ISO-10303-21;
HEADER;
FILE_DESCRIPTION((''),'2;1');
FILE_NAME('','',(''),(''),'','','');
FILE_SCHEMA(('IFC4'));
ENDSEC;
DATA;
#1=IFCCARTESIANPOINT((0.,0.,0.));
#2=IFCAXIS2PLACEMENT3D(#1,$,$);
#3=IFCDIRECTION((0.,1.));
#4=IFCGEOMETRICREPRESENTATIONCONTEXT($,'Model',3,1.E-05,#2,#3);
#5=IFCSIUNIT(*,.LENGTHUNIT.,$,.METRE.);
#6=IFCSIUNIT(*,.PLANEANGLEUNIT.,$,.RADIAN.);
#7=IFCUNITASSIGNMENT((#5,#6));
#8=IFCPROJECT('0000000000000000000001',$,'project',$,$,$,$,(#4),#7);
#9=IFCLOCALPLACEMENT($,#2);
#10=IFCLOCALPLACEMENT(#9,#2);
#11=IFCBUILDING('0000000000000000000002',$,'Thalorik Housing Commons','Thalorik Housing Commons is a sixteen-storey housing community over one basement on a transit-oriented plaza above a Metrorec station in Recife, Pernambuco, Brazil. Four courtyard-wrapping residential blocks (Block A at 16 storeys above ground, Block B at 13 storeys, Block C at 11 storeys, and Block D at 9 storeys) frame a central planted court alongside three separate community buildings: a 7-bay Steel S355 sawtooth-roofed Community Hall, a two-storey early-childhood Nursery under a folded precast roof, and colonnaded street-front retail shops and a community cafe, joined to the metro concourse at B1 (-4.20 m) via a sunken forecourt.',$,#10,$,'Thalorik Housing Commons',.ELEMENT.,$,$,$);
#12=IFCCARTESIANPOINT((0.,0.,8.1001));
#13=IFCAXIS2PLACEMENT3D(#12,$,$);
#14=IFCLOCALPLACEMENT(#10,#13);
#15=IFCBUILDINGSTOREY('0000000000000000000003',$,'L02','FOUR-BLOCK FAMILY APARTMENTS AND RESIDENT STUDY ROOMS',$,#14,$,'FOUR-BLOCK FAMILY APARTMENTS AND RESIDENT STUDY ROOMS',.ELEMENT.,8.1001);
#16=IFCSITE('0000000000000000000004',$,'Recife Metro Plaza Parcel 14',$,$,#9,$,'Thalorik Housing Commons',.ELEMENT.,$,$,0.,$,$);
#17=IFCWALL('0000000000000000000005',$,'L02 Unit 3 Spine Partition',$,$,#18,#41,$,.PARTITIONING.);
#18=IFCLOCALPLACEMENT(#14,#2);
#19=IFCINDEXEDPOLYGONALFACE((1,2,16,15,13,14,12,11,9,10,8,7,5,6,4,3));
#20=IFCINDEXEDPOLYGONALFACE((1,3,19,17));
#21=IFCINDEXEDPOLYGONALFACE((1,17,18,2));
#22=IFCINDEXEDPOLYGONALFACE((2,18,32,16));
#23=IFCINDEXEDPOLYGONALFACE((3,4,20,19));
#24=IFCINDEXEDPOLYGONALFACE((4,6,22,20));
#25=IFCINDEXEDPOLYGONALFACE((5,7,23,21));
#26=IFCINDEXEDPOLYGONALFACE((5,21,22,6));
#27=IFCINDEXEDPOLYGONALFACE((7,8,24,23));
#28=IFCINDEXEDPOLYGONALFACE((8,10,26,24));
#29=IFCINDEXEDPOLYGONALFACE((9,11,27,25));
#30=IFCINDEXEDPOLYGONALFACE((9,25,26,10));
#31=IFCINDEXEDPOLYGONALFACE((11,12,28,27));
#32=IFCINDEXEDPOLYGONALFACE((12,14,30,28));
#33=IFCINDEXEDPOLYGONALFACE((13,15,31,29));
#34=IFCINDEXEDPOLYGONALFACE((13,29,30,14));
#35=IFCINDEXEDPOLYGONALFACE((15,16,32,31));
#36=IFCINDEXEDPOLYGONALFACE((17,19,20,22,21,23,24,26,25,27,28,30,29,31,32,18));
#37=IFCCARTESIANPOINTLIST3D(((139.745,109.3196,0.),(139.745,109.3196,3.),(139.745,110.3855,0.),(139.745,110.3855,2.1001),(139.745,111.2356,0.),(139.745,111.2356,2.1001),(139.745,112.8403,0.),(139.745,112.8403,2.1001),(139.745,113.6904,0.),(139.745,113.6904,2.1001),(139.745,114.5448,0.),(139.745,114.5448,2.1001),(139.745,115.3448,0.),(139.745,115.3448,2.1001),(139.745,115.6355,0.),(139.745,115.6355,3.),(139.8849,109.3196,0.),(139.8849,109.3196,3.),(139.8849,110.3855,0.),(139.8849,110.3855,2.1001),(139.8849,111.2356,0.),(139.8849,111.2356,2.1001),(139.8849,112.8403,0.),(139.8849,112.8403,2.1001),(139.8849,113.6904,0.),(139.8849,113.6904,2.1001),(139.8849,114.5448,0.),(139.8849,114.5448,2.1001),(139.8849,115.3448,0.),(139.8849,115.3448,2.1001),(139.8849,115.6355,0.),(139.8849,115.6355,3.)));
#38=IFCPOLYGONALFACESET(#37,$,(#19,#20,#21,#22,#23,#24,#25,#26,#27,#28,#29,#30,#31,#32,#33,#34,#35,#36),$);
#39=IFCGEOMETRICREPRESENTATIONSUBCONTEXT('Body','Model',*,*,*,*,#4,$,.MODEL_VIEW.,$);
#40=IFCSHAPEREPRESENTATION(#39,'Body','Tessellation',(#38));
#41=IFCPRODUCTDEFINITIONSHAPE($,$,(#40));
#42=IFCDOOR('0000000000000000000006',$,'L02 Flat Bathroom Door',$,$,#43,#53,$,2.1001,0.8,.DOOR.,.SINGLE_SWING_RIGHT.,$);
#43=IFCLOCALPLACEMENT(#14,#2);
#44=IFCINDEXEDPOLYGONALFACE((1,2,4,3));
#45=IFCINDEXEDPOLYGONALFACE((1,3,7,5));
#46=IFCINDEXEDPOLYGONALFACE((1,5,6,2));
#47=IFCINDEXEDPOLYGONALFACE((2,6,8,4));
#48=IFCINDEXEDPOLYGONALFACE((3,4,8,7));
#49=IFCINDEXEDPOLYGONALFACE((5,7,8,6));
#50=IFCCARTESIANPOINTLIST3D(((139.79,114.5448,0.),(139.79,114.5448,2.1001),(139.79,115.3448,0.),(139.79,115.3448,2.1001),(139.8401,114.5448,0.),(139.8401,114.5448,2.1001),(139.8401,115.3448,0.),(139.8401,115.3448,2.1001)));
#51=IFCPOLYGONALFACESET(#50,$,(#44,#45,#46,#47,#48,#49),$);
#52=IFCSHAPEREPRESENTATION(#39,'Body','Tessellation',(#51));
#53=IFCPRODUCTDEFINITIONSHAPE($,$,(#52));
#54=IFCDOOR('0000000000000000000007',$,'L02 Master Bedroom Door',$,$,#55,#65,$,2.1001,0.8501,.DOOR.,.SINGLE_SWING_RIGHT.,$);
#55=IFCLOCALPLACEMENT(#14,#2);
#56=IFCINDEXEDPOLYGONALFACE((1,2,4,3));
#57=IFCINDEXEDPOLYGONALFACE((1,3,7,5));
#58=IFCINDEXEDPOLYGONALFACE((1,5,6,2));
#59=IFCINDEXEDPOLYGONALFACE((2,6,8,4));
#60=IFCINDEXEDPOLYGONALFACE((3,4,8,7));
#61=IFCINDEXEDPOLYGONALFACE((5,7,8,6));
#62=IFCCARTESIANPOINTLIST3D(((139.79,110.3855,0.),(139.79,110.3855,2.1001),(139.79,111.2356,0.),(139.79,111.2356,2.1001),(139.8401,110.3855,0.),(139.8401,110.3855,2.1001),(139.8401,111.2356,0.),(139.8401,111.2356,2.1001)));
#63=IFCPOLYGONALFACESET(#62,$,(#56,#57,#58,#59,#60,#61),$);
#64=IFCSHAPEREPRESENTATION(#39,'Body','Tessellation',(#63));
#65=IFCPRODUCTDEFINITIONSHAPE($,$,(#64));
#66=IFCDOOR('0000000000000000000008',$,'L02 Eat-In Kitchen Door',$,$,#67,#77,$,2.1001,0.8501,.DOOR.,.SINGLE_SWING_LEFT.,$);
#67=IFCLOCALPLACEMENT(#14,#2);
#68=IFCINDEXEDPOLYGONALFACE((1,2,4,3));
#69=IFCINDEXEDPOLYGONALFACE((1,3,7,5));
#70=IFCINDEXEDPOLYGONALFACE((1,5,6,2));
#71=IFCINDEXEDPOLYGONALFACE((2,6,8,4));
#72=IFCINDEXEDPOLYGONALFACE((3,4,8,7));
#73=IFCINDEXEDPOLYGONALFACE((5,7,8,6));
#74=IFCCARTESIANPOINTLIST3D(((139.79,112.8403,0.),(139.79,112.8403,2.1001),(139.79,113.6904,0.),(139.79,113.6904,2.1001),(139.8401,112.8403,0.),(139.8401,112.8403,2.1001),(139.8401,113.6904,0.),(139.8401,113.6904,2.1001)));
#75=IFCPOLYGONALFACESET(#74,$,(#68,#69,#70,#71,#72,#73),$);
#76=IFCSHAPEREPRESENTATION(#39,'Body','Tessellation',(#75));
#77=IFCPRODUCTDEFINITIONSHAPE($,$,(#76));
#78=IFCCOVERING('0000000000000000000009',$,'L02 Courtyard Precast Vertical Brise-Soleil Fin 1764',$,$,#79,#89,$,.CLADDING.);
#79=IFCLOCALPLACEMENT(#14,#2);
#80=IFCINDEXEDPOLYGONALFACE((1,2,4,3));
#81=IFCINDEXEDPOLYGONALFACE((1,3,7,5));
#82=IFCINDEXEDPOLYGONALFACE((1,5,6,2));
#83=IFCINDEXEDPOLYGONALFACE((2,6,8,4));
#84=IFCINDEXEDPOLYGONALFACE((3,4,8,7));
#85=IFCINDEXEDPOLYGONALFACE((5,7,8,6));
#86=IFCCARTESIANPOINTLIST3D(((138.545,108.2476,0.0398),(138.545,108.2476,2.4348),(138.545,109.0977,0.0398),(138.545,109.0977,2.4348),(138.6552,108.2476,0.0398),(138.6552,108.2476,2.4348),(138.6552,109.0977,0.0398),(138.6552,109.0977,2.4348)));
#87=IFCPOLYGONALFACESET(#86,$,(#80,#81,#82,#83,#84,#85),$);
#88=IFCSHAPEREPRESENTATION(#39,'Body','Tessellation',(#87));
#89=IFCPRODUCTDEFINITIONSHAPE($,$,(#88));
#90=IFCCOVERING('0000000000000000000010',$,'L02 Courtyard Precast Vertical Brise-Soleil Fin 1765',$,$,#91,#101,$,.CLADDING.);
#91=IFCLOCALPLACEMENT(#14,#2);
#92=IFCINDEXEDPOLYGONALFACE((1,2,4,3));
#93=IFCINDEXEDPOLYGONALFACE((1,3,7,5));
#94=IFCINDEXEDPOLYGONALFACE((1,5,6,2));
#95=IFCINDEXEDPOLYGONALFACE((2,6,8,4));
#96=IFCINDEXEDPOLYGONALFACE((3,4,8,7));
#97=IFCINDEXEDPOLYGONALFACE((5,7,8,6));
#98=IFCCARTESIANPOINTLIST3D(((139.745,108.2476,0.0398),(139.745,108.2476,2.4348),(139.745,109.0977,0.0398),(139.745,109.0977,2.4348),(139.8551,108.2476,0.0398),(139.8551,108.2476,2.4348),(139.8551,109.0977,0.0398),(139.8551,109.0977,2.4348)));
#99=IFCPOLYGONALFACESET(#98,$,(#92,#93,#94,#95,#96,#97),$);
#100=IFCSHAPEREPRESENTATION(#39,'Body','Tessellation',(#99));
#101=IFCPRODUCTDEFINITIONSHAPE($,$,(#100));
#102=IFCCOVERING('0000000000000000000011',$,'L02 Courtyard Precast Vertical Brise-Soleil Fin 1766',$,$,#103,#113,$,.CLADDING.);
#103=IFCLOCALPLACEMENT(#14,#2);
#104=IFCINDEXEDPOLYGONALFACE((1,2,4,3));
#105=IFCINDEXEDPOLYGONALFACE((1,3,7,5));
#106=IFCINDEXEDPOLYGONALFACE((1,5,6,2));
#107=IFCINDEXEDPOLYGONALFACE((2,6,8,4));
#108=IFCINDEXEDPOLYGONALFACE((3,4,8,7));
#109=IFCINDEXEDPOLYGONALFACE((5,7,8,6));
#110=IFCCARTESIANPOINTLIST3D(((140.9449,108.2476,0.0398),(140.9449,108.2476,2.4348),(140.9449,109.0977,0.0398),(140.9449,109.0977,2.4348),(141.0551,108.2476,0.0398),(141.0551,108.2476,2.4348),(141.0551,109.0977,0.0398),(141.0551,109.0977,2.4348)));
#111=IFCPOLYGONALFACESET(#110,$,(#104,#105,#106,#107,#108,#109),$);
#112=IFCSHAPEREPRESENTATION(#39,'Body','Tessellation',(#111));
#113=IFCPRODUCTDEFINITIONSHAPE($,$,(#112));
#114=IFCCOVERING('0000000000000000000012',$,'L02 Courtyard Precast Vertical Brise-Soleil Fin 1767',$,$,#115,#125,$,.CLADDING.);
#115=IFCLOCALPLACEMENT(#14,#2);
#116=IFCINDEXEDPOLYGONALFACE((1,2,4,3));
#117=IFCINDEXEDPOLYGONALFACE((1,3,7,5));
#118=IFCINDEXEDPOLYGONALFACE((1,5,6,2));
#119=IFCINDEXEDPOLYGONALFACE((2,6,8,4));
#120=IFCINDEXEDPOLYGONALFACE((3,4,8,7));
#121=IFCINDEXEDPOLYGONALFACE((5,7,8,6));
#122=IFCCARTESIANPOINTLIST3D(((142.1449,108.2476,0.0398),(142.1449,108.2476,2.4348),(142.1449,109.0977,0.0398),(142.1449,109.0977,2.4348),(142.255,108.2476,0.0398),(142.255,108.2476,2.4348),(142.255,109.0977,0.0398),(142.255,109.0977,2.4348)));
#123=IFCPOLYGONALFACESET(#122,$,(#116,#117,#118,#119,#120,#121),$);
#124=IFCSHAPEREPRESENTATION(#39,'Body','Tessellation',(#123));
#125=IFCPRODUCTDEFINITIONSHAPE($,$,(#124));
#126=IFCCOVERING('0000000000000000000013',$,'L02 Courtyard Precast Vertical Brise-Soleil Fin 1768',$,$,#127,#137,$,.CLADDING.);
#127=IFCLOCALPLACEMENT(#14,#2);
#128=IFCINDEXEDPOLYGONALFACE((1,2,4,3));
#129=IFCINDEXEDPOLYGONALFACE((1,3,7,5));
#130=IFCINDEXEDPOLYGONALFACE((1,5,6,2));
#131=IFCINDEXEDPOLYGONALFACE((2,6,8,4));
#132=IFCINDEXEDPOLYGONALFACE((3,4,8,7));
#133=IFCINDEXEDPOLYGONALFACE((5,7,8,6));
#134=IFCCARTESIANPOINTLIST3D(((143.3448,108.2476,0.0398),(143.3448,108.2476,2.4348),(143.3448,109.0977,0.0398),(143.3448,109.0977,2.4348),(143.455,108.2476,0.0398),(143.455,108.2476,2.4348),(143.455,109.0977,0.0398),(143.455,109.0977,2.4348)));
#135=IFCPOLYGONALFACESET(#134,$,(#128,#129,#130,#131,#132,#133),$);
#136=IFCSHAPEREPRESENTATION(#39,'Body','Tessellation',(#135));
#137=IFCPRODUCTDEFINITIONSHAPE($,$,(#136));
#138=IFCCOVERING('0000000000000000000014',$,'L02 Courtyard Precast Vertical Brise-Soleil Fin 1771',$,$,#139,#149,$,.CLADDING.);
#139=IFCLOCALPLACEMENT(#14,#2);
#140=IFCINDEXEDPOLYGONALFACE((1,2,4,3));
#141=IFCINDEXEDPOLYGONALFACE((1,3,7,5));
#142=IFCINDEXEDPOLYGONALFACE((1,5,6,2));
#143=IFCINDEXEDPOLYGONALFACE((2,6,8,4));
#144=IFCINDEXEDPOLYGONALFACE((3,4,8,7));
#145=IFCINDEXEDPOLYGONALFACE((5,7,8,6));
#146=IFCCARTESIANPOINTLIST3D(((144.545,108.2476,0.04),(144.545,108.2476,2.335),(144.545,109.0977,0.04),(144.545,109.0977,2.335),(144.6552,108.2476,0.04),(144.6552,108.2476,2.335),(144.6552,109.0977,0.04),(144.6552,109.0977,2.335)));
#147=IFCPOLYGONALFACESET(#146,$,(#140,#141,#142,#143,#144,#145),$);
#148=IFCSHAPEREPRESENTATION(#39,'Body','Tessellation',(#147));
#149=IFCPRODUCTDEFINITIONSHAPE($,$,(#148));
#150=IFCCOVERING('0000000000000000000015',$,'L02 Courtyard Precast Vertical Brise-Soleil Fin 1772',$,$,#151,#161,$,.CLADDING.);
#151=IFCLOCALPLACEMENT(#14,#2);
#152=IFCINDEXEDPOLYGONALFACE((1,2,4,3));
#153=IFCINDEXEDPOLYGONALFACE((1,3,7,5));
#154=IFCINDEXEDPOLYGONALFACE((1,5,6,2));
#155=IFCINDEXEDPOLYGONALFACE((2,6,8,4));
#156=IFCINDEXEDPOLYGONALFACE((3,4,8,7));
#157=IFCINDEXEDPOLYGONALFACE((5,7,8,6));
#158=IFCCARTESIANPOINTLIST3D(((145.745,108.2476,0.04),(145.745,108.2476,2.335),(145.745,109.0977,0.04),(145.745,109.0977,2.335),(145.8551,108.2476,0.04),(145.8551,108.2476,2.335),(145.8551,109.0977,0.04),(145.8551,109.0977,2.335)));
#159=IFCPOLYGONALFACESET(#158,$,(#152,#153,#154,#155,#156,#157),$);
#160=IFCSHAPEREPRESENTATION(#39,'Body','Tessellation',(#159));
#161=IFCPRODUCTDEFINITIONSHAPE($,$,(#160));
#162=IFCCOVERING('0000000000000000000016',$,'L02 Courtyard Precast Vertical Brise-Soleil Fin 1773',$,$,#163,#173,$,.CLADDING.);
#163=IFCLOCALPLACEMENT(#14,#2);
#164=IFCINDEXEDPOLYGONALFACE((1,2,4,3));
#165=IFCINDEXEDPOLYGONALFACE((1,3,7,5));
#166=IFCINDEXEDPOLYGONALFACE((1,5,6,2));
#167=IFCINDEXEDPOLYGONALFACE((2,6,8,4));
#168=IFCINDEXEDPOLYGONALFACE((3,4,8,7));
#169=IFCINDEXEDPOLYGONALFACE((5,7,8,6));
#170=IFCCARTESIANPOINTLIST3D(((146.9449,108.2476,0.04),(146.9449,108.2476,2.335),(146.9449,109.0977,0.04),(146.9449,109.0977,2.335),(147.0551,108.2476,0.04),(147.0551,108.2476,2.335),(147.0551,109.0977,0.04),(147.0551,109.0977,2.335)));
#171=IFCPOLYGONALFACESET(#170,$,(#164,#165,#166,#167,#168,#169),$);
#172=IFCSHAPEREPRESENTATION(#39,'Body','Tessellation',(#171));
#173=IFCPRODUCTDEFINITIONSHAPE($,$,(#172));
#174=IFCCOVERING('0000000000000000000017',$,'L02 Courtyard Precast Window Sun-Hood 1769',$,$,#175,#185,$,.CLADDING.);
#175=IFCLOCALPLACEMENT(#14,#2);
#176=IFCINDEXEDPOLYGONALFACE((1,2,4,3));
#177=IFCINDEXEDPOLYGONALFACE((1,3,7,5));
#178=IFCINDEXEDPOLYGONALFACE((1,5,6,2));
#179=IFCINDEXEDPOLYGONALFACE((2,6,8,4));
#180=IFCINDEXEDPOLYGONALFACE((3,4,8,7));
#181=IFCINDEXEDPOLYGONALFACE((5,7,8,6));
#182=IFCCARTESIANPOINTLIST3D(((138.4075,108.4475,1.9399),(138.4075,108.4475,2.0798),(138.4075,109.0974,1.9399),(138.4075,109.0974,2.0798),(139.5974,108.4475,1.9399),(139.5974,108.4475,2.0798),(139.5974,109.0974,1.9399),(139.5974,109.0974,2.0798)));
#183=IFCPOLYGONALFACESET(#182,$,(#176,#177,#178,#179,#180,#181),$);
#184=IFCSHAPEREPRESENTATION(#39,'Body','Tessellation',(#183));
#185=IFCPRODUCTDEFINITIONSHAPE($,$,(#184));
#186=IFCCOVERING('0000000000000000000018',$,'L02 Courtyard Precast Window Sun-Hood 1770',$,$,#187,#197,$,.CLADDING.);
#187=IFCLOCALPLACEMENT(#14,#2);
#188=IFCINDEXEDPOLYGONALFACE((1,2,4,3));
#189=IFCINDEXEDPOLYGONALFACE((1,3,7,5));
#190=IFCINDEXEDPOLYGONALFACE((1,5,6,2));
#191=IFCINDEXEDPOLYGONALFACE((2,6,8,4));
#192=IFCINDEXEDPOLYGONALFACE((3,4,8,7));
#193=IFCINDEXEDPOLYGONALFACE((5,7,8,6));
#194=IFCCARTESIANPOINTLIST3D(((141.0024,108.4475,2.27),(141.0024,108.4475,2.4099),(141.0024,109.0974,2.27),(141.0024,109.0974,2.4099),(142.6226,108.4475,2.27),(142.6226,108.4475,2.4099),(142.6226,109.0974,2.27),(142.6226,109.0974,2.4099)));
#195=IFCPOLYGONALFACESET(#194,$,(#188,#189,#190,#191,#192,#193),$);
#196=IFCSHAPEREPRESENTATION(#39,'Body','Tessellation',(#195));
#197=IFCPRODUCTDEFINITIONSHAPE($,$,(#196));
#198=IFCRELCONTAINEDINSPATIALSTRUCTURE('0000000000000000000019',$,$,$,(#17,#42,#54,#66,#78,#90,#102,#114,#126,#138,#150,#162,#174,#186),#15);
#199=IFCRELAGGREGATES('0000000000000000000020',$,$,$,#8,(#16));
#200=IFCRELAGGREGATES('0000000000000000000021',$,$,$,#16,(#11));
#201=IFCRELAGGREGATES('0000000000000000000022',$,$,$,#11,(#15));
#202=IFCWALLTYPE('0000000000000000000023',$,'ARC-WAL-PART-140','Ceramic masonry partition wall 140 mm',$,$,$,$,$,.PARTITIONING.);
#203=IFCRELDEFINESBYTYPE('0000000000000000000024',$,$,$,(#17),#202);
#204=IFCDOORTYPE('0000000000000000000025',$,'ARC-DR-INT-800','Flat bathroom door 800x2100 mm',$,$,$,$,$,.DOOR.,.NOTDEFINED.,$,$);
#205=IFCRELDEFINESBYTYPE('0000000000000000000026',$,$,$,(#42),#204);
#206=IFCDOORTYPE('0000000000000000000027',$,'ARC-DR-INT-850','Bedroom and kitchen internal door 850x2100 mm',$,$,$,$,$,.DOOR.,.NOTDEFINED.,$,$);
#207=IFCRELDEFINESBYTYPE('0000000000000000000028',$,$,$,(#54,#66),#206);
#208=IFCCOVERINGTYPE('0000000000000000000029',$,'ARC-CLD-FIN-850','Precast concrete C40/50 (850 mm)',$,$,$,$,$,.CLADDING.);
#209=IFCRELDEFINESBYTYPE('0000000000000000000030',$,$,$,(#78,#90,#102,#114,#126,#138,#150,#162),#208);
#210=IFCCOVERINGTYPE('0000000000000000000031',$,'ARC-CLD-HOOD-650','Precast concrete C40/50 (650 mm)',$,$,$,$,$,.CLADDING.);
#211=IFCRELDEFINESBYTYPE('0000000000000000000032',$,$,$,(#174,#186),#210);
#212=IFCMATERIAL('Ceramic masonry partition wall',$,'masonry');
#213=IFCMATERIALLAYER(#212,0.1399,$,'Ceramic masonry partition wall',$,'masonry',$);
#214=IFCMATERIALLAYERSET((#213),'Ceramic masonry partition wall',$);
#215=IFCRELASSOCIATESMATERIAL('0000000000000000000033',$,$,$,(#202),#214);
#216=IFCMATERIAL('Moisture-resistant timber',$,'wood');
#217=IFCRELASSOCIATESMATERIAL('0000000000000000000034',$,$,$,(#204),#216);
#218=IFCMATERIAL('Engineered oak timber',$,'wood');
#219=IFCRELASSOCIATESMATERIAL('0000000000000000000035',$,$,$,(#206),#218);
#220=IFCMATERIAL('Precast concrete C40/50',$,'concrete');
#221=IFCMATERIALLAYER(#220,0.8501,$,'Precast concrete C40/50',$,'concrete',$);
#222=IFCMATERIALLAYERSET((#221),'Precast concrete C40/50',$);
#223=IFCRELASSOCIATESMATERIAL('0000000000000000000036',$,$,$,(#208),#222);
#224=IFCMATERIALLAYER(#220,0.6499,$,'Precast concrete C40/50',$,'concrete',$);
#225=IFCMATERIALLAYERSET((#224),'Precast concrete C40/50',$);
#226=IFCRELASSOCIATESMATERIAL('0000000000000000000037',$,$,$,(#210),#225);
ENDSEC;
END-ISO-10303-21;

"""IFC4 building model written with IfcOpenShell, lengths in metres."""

from ifc_helpers import new_model, si_unit, direction, frame, frame_2d, origin, origin_2d, place, context, subcontext, project, spatial, rectangle, extrude, material, layer, layer_set, type_object, element, fill, save


model = new_model("IFC4")

# Units and contexts
model_context = context("Model", 3, precision=1e-05, world=origin(), true_north=direction((0.0, 1.0)))
body_context = subcontext(model_context, "Body", "Model", "MODEL_VIEW")
ifc_project = project(units=[si_unit("LENGTHUNIT", "METRE"), si_unit("PLANEANGLEUNIT", "RADIAN")], contexts=[model_context])

# Site, building, storey
site_placement = place(None, origin())
site = spatial("IfcSite", under=ifc_project, at=site_placement, Name="Recife Metro Plaza Parcel 14", LongName="Thalorik Housing Commons", CompositionType="ELEMENT", RefElevation=0.0)
building_placement = place(site_placement, origin())
building = spatial("IfcBuilding", under=site, at=building_placement, Name="Thalorik Housing Commons", Description="Thalorik Housing Commons is a sixteen-storey housing community over one basement on a transit-oriented plaza above a Metrorec station in Recife, Pernambuco, Brazil. Four courtyard-wrapping residential blocks (Block A at 16 storeys above ground, Block B at 13 storeys, Block C at 11 storeys, and Block D at 9 storeys) frame a central planted court alongside three separate community buildings: a 7-bay Steel S355 sawtooth-roofed Community Hall, a two-storey early-childhood Nursery under a folded precast roof, and colonnaded street-front retail shops and a community cafe, joined to the metro concourse at B1 (-4.20 m) via a sunken forecourt.", LongName="Thalorik Housing Commons", CompositionType="ELEMENT")
storey_placement = place(building_placement, frame((0.0, 0.0, 8.1001)))
storey = spatial("IfcBuildingStorey", under=building, at=storey_placement, Name="L02", Description="FOUR-BLOCK FAMILY APARTMENTS AND RESIDENT STUDY ROOMS", LongName="FOUR-BLOCK FAMILY APARTMENTS AND RESIDENT STUDY ROOMS", CompositionType="ELEMENT", Elevation=8.1001)

# Shared definitions
ifc_material_1 = material(Name="Precast concrete C40/50", Category="concrete")

# Wall, openings, doors
ifc_material_2 = material(Name="Ceramic masonry partition wall", Category="masonry")
ifc_layer_1 = layer(ifc_material_2, 0.1399, Name="Ceramic masonry partition wall", Category="masonry")
ifc_layer_set_1 = layer_set([ifc_layer_1], Name="Ceramic masonry partition wall")
wall_type_1 = type_object("IfcWallType", Name="ARC-WAL-PART-140", Description="Ceramic masonry partition wall 140 mm", PredefinedType="PARTITIONING", material=ifc_layer_set_1)
wall_1_placement = place(storey_placement, frame((139.8149, 109.3196, 0.0), z_axis=(0.0, 0.0, 1.0), x_axis=(0.0, 1.0, 0.0)))
wall_1 = element("IfcWall", 1, at=wall_1_placement, inside=storey, type_object=wall_type_1, Name="L02 Unit 3 Spine Partition", PredefinedType="PARTITIONING", context=body_context, shape_type="SweptSolid", body=[
    extrude(rectangle(XDim=6.3159, YDim=0.1399, at=frame_2d((3.158, 0.0))), origin(), (0.0, 0.0, 1.0), 3.0),
])
opening_1_placement = place(wall_1_placement, frame((1.0659, 0.0, 0.0)))
opening_1 = element("IfcOpeningElement", 2, at=opening_1_placement, cuts=wall_1, PredefinedType="OPENING", context=body_context, shape_type="SweptSolid", body=[
    extrude(rectangle(XDim=0.8501, YDim=2.1001, at=frame_2d((0.425, 1.05))), frame((0.0, 0.0801, 0.0), z_axis=(0.0, -1.0, 0.0), x_axis=(1.0, 0.0, 0.0)), (0.0, 0.0, 1.0), 0.1599),
])
opening_2_placement = place(wall_1_placement, frame((3.5208, 0.0, 0.0)))
opening_2 = element("IfcOpeningElement", 3, at=opening_2_placement, cuts=wall_1, PredefinedType="OPENING", context=body_context, shape_type="SweptSolid", body=[
    extrude(rectangle(XDim=0.8501, YDim=2.1001, at=frame_2d((0.425, 1.05))), frame((0.0, 0.0801, 0.0), z_axis=(0.0, -1.0, 0.0), x_axis=(1.0, 0.0, 0.0)), (0.0, 0.0, 1.0), 0.1599),
])
opening_3_placement = place(wall_1_placement, frame((5.2253, 0.0, 0.0)))
opening_3 = element("IfcOpeningElement", 4, at=opening_3_placement, cuts=wall_1, PredefinedType="OPENING", context=body_context, shape_type="SweptSolid", body=[
    extrude(rectangle(XDim=0.8, YDim=2.1001, at=frame_2d((0.3999, 1.05))), frame((0.0, 0.0801, 0.0), z_axis=(0.0, -1.0, 0.0), x_axis=(1.0, 0.0, 0.0)), (0.0, 0.0, 1.0), 0.1599),
])
ifc_material_3 = material(Name="Moisture-resistant timber", Category="wood")
door_type_1 = type_object("IfcDoorType", Name="ARC-DR-INT-800", Description="Flat bathroom door 800x2100 mm", OperationType="NOTDEFINED", PredefinedType="DOOR", material=ifc_material_3)
door_1_placement = place(opening_3_placement, origin())
door_1 = element("IfcDoor", 5, at=door_1_placement, inside=storey, type_object=door_type_1, Name="L02 Flat Bathroom Door", OperationType="SINGLE_SWING_RIGHT", OverallHeight=2.1001, OverallWidth=0.8, PredefinedType="DOOR", context=body_context, shape_type="SweptSolid", body=[
    extrude(rectangle(XDim=0.8, YDim=2.1001, at=frame_2d((0.3999, 1.05))), frame((0.0, 0.0249, 0.0), z_axis=(0.0, -1.0, 0.0), x_axis=(1.0, 0.0, 0.0)), (0.0, 0.0, 1.0), 0.05),
])
fill(opening_3, door_1)
ifc_material_4 = material(Name="Engineered oak timber", Category="wood")
door_type_2 = type_object("IfcDoorType", Name="ARC-DR-INT-850", Description="Bedroom and kitchen internal door 850x2100 mm", OperationType="NOTDEFINED", PredefinedType="DOOR", material=ifc_material_4)
door_2_placement = place(opening_1_placement, origin())
door_2 = element("IfcDoor", 6, at=door_2_placement, inside=storey, type_object=door_type_2, Name="L02 Master Bedroom Door", OperationType="SINGLE_SWING_RIGHT", OverallHeight=2.1001, OverallWidth=0.8501, PredefinedType="DOOR", context=body_context, shape_type="SweptSolid", body=[
    extrude(rectangle(XDim=0.8501, YDim=2.1001, at=frame_2d((0.425, 1.05))), frame((0.0, 0.0249, 0.0), z_axis=(0.0, -1.0, 0.0), x_axis=(1.0, 0.0, 0.0)), (0.0, 0.0, 1.0), 0.05),
])
fill(opening_1, door_2)
door_3_placement = place(opening_2_placement, origin())
door_3 = element("IfcDoor", 7, at=door_3_placement, inside=storey, type_object=door_type_2, Name="L02 Eat-In Kitchen Door", OperationType="SINGLE_SWING_LEFT", OverallHeight=2.1001, OverallWidth=0.8501, PredefinedType="DOOR", context=body_context, shape_type="SweptSolid", body=[
    extrude(rectangle(XDim=0.8501, YDim=2.1001, at=frame_2d((0.425, 1.05))), frame((0.0, 0.0249, 0.0), z_axis=(0.0, -1.0, 0.0), x_axis=(1.0, 0.0, 0.0)), (0.0, 0.0, 1.0), 0.05),
])
fill(opening_2, door_3)

# Coverings
ifc_layer_2 = layer(ifc_material_1, 0.8501, Name="Precast concrete C40/50", Category="concrete")
ifc_layer_set_2 = layer_set([ifc_layer_2], Name="Precast concrete C40/50")
covering_type_1 = type_object("IfcCoveringType", Name="ARC-CLD-FIN-850", Description="Precast concrete C40/50 (850 mm)", PredefinedType="CLADDING", material=ifc_layer_set_2)
for number, where, z_axis, x_axis, name in (
    (8, (138.6001, 108.6726, 0.0398), (0.0, 0.0, 1.0), (1.0, 0.0, 0.0), "L02 Courtyard Precast Vertical Brise-Soleil Fin 1764"),
    (9, (139.8, 108.6726, 0.0398), (0.0, 0.0, 1.0), (1.0, 0.0, 0.0), "L02 Courtyard Precast Vertical Brise-Soleil Fin 1765"),
    (10, (141.0, 108.6726, 0.0398), (0.0, 0.0, 1.0), (1.0, 0.0, 0.0), "L02 Courtyard Precast Vertical Brise-Soleil Fin 1766"),
    (11, (142.2, 108.6726, 0.0398), (0.0, 0.0, 1.0), (1.0, 0.0, 0.0), "L02 Courtyard Precast Vertical Brise-Soleil Fin 1767"),
    (12, (143.3999, 108.6726, 0.0398), (0.0, 0.0, 1.0), (1.0, 0.0, 0.0), "L02 Courtyard Precast Vertical Brise-Soleil Fin 1768"),
):
    element("IfcCovering", number, at=place(storey_placement, frame(where, z_axis=z_axis, x_axis=x_axis)), inside=storey, type_object=covering_type_1, Name=name, PredefinedType="CLADDING", context=body_context, shape_type="SweptSolid", body=[
        extrude(rectangle(XDim=0.1101, YDim=0.8501, at=origin_2d()), origin(), (0.0, 0.0, 1.0), 2.395),
    ])
for number, where, z_axis, x_axis, name in (
    (13, (144.6001, 108.6726, 0.04), (0.0, 0.0, 1.0), (1.0, 0.0, 0.0), "L02 Courtyard Precast Vertical Brise-Soleil Fin 1771"),
    (14, (145.8, 108.6726, 0.04), (0.0, 0.0, 1.0), (1.0, 0.0, 0.0), "L02 Courtyard Precast Vertical Brise-Soleil Fin 1772"),
    (15, (147.0, 108.6726, 0.04), (0.0, 0.0, 1.0), (1.0, 0.0, 0.0), "L02 Courtyard Precast Vertical Brise-Soleil Fin 1773"),
):
    element("IfcCovering", number, at=place(storey_placement, frame(where, z_axis=z_axis, x_axis=x_axis)), inside=storey, type_object=covering_type_1, Name=name, PredefinedType="CLADDING", context=body_context, shape_type="SweptSolid", body=[
        extrude(rectangle(XDim=0.1101, YDim=0.8501, at=origin_2d()), origin(), (0.0, 0.0, 1.0), 2.2949),
    ])
ifc_layer_3 = layer(ifc_material_1, 0.6499, Name="Precast concrete C40/50", Category="concrete")
ifc_layer_set_3 = layer_set([ifc_layer_3], Name="Precast concrete C40/50")
covering_type_2 = type_object("IfcCoveringType", Name="ARC-CLD-HOOD-650", Description="Precast concrete C40/50 (650 mm)", PredefinedType="CLADDING", material=ifc_layer_set_3)
covering_1_placement = place(storey_placement, frame((139.0024, 108.7725, 1.9399), z_axis=(0.0, 0.0, 1.0), x_axis=(1.0, 0.0, 0.0)))
element("IfcCovering", 16, at=covering_1_placement, inside=storey, type_object=covering_type_2, Name="L02 Courtyard Precast Window Sun-Hood 1769", PredefinedType="CLADDING", context=body_context, shape_type="SweptSolid", body=[
    extrude(rectangle(XDim=1.1899, YDim=0.6499, at=origin_2d()), origin(), (0.0, 0.0, 1.0), 0.1399),
])
covering_2_placement = place(storey_placement, frame((141.8125, 108.7725, 2.27), z_axis=(0.0, 0.0, 1.0), x_axis=(1.0, 0.0, 0.0)))
element("IfcCovering", 17, at=covering_2_placement, inside=storey, type_object=covering_type_2, Name="L02 Courtyard Precast Window Sun-Hood 1770", PredefinedType="CLADDING", context=body_context, shape_type="SweptSolid", body=[
    extrude(rectangle(XDim=1.6201, YDim=0.6499, at=origin_2d()), origin(), (0.0, 0.0, 1.0), 0.1399),
])

save(model, "model.ifc")
